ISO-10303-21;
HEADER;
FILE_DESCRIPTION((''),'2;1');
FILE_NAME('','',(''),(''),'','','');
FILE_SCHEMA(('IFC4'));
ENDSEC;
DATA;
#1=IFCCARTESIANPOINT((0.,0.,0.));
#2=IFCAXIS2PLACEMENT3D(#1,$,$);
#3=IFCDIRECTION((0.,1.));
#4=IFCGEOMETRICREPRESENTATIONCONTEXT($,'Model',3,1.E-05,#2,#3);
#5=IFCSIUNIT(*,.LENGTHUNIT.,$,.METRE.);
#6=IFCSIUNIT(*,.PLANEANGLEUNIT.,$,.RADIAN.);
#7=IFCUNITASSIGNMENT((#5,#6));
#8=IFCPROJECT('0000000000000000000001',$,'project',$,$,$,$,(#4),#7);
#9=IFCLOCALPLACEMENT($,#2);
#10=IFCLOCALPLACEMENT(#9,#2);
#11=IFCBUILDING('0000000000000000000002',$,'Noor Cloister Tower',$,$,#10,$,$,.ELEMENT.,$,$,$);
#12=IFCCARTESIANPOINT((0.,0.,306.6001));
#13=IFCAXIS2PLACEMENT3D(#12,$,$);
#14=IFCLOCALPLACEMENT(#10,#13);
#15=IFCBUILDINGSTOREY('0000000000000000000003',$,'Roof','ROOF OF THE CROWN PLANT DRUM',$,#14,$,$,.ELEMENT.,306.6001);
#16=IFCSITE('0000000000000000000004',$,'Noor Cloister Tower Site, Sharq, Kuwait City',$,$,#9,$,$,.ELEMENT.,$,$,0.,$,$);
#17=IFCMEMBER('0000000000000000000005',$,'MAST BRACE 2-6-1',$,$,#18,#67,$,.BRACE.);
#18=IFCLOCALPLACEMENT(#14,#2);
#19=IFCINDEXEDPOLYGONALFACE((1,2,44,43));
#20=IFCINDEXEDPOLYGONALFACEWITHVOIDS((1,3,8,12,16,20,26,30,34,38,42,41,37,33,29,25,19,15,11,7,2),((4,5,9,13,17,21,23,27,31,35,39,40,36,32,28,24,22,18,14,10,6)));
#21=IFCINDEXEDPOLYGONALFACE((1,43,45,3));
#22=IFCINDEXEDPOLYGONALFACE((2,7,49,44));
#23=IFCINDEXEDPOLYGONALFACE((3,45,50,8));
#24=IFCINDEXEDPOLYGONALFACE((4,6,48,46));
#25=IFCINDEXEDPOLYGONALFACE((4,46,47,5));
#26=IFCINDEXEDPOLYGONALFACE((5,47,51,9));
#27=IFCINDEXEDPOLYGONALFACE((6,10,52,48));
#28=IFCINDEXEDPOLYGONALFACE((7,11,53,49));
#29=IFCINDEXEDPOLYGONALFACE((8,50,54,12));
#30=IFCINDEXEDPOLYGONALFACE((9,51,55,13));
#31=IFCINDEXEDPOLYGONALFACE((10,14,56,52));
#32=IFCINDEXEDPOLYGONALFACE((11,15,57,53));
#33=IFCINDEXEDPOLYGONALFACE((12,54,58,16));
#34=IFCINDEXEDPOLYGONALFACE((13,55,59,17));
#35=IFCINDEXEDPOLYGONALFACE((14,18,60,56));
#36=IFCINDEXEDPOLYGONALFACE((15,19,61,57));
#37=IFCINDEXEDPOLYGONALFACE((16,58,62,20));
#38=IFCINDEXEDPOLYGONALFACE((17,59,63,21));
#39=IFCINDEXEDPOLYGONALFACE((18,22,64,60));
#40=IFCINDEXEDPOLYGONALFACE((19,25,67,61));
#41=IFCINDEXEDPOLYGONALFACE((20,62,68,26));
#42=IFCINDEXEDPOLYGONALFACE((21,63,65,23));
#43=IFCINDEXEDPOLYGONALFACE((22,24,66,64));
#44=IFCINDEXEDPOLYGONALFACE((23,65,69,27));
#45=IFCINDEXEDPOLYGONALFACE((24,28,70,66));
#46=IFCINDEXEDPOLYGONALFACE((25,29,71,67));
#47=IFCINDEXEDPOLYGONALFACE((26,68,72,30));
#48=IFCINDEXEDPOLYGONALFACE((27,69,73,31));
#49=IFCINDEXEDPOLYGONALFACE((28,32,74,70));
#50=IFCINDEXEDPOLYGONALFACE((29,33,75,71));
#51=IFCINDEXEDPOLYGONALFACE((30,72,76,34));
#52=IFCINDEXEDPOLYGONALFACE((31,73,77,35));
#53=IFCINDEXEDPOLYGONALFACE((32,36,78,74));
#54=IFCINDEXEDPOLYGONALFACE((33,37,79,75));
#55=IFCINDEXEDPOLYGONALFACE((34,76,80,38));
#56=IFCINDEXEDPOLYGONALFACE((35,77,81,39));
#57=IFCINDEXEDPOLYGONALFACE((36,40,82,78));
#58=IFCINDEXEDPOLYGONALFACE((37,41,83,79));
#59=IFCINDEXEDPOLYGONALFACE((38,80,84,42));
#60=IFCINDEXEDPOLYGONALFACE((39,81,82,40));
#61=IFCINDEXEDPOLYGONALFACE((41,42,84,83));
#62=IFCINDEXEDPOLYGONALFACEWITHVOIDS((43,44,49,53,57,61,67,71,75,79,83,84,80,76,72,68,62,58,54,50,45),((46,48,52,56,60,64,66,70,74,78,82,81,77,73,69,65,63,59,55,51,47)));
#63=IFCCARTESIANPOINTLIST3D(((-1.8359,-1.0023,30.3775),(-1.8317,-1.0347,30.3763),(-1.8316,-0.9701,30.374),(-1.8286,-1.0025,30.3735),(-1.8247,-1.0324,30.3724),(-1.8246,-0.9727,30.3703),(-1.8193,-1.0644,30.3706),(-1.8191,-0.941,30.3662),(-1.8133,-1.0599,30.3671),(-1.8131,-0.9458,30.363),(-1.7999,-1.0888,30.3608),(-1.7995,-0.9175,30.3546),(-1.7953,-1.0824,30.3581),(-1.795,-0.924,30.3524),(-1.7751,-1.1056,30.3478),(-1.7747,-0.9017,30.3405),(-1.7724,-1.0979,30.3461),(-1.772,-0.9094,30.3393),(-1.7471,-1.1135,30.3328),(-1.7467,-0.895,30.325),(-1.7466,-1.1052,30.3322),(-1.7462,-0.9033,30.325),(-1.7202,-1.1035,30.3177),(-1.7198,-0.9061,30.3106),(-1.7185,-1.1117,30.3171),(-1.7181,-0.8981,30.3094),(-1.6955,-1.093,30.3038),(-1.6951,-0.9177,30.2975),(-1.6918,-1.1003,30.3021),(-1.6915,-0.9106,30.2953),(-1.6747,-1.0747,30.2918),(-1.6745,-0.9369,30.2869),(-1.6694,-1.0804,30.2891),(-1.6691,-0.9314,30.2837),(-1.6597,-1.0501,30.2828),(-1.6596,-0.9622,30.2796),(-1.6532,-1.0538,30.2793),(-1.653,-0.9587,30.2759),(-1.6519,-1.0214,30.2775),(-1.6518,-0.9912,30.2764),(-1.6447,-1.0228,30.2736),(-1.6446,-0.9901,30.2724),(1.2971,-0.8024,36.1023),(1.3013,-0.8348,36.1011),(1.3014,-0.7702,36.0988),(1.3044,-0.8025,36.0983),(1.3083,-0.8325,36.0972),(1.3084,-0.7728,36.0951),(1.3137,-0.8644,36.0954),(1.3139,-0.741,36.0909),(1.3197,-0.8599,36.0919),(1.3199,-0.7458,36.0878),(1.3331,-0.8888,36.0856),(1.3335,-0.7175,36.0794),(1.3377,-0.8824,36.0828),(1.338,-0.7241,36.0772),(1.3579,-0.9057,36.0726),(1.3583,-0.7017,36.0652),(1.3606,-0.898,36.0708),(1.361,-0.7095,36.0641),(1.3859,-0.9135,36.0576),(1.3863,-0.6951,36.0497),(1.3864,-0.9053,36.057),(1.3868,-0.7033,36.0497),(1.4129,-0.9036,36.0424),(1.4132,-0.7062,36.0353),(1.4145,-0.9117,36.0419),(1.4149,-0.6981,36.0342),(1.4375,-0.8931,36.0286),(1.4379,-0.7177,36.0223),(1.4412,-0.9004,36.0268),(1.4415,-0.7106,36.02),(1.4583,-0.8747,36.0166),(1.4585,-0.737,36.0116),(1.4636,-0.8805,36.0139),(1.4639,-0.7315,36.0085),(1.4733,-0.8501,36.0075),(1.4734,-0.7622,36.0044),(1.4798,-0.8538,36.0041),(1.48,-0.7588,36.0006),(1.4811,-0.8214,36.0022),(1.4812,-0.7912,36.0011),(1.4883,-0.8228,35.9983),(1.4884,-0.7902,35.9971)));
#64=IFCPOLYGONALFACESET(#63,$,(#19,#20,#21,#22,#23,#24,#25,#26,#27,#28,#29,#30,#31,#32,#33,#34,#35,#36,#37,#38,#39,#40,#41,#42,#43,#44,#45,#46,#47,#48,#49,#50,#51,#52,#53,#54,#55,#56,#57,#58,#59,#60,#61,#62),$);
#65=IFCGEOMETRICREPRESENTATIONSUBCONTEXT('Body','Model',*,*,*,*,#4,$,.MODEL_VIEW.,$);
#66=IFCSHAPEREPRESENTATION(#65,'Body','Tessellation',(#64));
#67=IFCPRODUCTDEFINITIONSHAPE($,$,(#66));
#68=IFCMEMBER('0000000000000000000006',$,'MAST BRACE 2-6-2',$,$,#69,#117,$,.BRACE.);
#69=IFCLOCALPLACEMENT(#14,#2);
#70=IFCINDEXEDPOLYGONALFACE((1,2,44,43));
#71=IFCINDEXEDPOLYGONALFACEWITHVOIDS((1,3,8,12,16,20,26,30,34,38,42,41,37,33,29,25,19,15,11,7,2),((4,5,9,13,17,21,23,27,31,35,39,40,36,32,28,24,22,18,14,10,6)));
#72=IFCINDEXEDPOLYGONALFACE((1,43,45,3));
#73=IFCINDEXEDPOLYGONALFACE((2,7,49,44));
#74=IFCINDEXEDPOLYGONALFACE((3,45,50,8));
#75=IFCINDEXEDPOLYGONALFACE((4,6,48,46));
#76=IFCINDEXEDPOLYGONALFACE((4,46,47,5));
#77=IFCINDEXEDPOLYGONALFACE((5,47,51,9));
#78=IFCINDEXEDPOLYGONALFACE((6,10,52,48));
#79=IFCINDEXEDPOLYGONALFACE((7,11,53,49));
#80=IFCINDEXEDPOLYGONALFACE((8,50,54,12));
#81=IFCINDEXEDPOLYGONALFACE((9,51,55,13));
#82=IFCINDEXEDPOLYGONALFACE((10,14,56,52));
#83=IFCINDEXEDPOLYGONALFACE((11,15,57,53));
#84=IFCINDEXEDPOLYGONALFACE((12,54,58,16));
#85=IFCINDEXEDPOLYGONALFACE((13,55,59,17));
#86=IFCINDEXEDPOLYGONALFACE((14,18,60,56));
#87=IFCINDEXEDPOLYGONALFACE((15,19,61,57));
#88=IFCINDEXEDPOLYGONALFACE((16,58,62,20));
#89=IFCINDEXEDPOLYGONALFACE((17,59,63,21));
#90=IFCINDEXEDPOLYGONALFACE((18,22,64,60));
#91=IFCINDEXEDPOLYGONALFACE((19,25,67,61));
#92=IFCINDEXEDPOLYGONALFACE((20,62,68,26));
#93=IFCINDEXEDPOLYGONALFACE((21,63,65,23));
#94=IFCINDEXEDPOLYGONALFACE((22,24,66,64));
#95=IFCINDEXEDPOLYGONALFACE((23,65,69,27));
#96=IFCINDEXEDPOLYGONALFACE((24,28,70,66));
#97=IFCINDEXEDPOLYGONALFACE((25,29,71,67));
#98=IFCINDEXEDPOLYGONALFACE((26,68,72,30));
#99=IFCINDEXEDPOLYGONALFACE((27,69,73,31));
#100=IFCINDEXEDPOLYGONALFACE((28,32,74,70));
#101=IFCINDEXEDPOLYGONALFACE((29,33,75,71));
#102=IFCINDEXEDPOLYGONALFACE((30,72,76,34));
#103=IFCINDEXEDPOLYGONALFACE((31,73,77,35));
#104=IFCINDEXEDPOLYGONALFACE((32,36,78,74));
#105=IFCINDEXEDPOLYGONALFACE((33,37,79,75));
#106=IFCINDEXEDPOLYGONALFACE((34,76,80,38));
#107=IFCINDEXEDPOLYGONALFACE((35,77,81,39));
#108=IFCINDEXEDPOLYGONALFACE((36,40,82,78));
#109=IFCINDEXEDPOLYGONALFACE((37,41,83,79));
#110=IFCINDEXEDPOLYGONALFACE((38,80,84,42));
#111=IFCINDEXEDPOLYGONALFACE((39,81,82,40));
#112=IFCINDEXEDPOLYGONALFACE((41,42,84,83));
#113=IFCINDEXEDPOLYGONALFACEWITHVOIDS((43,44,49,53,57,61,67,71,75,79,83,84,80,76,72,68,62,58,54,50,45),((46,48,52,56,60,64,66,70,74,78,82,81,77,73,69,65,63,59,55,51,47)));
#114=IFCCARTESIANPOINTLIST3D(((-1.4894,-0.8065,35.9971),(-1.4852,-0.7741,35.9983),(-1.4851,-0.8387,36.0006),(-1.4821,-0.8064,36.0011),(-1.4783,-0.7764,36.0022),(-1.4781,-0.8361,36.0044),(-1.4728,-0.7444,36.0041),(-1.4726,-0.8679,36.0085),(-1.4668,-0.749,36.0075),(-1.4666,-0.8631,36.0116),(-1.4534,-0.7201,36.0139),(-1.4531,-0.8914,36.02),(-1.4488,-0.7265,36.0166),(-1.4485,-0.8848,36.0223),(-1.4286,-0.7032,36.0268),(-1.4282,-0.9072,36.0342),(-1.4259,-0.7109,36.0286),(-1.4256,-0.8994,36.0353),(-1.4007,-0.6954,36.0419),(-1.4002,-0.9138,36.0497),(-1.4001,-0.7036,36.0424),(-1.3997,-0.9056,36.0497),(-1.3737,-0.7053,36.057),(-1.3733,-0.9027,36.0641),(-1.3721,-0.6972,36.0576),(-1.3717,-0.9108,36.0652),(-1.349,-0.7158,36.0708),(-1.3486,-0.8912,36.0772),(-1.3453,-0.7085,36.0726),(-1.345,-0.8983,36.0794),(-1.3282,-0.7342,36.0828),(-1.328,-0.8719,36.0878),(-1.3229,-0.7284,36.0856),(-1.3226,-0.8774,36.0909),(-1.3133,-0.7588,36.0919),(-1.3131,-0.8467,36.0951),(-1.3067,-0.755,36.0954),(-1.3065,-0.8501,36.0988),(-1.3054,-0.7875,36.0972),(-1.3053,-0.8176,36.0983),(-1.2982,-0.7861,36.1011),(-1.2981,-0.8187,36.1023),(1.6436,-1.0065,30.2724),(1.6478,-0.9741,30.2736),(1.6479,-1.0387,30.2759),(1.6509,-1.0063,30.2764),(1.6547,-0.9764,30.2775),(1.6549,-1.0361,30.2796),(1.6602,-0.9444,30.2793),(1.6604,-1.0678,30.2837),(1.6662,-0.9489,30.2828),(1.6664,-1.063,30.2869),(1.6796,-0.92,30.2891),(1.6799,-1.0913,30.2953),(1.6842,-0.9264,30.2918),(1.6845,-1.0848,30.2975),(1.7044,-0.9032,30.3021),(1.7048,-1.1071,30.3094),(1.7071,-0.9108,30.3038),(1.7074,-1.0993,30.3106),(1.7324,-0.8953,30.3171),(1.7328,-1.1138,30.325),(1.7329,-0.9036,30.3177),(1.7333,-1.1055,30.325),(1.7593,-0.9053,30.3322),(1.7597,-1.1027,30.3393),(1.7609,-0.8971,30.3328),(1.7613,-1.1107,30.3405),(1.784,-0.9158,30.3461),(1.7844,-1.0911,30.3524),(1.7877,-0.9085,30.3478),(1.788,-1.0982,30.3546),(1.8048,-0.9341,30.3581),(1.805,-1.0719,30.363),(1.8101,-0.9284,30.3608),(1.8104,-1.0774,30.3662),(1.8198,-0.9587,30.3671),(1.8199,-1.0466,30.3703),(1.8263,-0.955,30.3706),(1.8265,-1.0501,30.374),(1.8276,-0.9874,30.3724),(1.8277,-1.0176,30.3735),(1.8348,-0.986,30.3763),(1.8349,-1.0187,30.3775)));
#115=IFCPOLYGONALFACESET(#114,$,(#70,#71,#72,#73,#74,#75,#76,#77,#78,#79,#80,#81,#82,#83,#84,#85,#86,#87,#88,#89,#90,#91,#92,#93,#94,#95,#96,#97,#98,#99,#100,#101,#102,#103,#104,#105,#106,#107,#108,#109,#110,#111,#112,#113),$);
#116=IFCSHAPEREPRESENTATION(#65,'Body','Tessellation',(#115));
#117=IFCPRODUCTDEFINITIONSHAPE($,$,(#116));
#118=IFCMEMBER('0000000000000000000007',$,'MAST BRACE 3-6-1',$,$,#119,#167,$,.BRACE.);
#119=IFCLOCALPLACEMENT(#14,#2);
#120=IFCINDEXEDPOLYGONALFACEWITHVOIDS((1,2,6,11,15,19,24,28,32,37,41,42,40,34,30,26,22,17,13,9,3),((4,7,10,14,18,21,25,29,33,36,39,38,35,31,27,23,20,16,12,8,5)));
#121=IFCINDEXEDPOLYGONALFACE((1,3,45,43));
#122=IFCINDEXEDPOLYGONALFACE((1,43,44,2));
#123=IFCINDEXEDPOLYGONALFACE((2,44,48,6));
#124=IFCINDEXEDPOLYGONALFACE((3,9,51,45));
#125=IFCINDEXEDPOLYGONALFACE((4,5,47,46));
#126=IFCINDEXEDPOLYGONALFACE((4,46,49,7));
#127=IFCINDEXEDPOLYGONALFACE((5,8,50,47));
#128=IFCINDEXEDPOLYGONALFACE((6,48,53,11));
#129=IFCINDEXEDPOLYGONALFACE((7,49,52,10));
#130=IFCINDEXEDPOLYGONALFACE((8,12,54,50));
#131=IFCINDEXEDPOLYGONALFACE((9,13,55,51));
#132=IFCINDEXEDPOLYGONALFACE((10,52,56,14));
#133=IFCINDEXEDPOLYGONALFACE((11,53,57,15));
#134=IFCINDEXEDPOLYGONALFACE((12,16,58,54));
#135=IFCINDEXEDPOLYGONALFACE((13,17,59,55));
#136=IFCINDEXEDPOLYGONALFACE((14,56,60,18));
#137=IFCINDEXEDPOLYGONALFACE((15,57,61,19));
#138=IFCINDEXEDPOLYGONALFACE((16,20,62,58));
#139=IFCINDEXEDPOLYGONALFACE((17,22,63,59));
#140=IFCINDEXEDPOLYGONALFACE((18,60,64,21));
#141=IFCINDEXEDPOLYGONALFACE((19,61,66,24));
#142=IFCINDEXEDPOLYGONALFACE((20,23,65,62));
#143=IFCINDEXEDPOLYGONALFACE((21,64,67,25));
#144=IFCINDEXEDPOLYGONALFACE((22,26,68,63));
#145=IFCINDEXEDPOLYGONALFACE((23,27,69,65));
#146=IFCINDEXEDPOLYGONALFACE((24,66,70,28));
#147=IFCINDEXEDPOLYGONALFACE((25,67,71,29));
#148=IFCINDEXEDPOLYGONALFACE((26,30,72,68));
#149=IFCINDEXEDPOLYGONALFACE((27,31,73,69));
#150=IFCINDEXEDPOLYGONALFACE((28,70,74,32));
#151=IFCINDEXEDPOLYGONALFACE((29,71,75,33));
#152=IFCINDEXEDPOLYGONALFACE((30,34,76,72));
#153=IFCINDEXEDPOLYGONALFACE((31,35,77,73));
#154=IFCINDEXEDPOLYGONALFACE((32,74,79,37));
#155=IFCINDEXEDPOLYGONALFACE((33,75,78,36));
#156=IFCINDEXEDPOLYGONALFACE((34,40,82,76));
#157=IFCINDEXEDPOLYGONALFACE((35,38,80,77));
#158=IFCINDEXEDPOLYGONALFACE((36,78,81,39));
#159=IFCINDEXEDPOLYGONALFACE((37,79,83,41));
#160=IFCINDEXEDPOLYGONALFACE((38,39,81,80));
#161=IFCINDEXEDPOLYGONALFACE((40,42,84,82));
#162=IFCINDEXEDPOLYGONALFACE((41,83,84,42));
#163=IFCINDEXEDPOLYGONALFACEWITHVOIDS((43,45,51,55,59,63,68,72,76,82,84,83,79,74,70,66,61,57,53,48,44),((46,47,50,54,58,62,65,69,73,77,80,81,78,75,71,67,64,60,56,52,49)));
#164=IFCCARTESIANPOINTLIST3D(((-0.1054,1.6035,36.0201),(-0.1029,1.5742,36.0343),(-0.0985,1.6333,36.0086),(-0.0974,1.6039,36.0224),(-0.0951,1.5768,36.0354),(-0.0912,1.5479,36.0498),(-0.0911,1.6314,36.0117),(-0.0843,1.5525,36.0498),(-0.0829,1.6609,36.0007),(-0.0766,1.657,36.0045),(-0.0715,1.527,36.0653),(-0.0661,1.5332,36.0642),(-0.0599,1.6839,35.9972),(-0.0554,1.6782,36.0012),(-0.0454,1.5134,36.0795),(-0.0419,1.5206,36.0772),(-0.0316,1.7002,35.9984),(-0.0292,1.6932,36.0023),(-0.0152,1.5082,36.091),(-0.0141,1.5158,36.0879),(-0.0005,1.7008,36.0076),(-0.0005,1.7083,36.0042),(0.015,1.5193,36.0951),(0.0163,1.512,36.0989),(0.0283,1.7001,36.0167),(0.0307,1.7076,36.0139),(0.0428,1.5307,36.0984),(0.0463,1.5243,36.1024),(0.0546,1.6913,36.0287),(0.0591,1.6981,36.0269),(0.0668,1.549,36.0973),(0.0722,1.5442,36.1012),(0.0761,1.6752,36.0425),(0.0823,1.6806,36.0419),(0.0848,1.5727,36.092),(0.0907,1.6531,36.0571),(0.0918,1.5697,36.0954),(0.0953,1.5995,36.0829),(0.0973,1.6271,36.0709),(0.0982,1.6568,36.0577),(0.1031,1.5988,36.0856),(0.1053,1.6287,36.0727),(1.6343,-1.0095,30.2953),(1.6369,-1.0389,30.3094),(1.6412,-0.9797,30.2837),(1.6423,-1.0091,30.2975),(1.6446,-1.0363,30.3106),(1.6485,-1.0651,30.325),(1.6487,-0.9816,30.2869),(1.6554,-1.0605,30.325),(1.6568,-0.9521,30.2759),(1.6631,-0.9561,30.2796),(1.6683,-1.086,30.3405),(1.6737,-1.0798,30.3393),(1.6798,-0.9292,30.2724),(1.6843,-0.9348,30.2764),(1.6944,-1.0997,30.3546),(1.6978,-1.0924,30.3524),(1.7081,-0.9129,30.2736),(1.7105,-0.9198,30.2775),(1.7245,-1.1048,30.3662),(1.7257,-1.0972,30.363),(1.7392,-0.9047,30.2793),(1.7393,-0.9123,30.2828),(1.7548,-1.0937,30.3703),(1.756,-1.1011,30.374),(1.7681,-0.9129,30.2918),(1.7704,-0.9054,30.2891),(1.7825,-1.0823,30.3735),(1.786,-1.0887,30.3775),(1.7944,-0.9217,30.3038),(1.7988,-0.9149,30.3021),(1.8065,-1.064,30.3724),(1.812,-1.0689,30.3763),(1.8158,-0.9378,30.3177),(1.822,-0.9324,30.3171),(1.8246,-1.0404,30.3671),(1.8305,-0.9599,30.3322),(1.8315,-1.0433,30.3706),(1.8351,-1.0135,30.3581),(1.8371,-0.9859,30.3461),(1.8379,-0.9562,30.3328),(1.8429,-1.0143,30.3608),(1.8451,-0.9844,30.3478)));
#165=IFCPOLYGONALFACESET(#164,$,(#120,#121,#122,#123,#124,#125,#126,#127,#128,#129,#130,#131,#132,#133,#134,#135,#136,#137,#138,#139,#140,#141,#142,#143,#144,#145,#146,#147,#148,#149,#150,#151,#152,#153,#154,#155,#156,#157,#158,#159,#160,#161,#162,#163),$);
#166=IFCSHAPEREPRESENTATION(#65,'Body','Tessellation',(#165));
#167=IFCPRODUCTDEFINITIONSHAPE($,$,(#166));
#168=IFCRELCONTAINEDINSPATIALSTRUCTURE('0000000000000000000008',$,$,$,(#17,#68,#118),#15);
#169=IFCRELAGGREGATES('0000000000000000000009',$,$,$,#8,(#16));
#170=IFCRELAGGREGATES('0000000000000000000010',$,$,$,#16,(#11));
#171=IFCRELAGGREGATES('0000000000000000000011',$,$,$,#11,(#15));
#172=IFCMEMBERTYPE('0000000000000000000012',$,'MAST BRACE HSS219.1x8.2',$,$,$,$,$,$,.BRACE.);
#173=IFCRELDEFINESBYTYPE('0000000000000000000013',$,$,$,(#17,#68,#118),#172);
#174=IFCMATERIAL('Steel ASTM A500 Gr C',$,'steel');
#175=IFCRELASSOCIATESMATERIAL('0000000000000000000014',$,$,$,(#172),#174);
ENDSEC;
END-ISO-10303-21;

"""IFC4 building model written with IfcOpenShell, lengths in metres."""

from ifc_helpers import new_model, si_unit, direction, frame, origin, origin_2d, place, context, subcontext, project, spatial, hollow_circle, extrude, material, material_profile, profile_set, type_object, element, save


model = new_model("IFC4")

# Units and contexts
model_context = context("Model", 3, precision=1e-05, world=origin(), true_north=direction((0.0, 1.0)))
body_context = subcontext(model_context, "Body", "Model", "MODEL_VIEW")
ifc_project = project(units=[si_unit("LENGTHUNIT", "METRE"), si_unit("PLANEANGLEUNIT", "RADIAN")], contexts=[model_context])

# Site, building, storey
site_placement = place(None, origin())
site = spatial("IfcSite", under=ifc_project, at=site_placement, Name="Noor Cloister Tower Site, Sharq, Kuwait City", CompositionType="ELEMENT", RefElevation=0.0)
building_placement = place(site_placement, origin())
building = spatial("IfcBuilding", under=site, at=building_placement, Name="Noor Cloister Tower", CompositionType="ELEMENT")
storey_placement = place(building_placement, frame((0.0, 0.0, 306.6001)))
storey = spatial("IfcBuildingStorey", under=building, at=storey_placement, Name="Roof", Description="ROOF OF THE CROWN PLANT DRUM", CompositionType="ELEMENT", Elevation=306.6001)

# Members
ifc_material_1 = material(Name="Steel ASTM A500 Gr C", Category="steel")
ifc_material_profile_1 = material_profile(ifc_material_1, hollow_circle(Radius=0.1096, WallThickness=0.0083, at=origin_2d()), Name="HSS219.1x8.2")
ifc_profile_set_1 = profile_set([ifc_material_profile_1], Name="Steel ASTM A500 Gr C")
member_type_1 = type_object("IfcMemberType", Name="MAST BRACE HSS219.1x8.2", PredefinedType="BRACE", material=ifc_profile_set_1)
for number, where, z_axis, x_axis, name in (
    (1, (-1.7397, -1.0044, 30.325), (0.479856, 0.030624, 0.876813), (-0.06369, 0.99797, 0.0), "MAST BRACE 2-6-1"),
    (2, (1.7397, -1.0044, 30.325), (-0.479856, 0.030624, 0.876813), (-0.06369, -0.99797, 0.0), "MAST BRACE 2-6-2"),
    (3, (1.7397, -1.0044, 30.325), (-0.266462, 0.400216, 0.876827), (-0.832385, -0.554198, 0.0), "MAST BRACE 3-6-1"),
):
    element("IfcMember", number, at=place(storey_placement, frame(where, z_axis=z_axis, x_axis=x_axis)), inside=storey, type_object=member_type_1, Name=name, PredefinedType="BRACE", context=body_context, shape_type="SweptSolid", body=[
        extrude(hollow_circle(Radius=0.1096, WallThickness=0.0083, at=origin_2d()), origin(), (0.0, 0.0, 1.0), 6.5291),
    ])

save(model, "model.ifc")
